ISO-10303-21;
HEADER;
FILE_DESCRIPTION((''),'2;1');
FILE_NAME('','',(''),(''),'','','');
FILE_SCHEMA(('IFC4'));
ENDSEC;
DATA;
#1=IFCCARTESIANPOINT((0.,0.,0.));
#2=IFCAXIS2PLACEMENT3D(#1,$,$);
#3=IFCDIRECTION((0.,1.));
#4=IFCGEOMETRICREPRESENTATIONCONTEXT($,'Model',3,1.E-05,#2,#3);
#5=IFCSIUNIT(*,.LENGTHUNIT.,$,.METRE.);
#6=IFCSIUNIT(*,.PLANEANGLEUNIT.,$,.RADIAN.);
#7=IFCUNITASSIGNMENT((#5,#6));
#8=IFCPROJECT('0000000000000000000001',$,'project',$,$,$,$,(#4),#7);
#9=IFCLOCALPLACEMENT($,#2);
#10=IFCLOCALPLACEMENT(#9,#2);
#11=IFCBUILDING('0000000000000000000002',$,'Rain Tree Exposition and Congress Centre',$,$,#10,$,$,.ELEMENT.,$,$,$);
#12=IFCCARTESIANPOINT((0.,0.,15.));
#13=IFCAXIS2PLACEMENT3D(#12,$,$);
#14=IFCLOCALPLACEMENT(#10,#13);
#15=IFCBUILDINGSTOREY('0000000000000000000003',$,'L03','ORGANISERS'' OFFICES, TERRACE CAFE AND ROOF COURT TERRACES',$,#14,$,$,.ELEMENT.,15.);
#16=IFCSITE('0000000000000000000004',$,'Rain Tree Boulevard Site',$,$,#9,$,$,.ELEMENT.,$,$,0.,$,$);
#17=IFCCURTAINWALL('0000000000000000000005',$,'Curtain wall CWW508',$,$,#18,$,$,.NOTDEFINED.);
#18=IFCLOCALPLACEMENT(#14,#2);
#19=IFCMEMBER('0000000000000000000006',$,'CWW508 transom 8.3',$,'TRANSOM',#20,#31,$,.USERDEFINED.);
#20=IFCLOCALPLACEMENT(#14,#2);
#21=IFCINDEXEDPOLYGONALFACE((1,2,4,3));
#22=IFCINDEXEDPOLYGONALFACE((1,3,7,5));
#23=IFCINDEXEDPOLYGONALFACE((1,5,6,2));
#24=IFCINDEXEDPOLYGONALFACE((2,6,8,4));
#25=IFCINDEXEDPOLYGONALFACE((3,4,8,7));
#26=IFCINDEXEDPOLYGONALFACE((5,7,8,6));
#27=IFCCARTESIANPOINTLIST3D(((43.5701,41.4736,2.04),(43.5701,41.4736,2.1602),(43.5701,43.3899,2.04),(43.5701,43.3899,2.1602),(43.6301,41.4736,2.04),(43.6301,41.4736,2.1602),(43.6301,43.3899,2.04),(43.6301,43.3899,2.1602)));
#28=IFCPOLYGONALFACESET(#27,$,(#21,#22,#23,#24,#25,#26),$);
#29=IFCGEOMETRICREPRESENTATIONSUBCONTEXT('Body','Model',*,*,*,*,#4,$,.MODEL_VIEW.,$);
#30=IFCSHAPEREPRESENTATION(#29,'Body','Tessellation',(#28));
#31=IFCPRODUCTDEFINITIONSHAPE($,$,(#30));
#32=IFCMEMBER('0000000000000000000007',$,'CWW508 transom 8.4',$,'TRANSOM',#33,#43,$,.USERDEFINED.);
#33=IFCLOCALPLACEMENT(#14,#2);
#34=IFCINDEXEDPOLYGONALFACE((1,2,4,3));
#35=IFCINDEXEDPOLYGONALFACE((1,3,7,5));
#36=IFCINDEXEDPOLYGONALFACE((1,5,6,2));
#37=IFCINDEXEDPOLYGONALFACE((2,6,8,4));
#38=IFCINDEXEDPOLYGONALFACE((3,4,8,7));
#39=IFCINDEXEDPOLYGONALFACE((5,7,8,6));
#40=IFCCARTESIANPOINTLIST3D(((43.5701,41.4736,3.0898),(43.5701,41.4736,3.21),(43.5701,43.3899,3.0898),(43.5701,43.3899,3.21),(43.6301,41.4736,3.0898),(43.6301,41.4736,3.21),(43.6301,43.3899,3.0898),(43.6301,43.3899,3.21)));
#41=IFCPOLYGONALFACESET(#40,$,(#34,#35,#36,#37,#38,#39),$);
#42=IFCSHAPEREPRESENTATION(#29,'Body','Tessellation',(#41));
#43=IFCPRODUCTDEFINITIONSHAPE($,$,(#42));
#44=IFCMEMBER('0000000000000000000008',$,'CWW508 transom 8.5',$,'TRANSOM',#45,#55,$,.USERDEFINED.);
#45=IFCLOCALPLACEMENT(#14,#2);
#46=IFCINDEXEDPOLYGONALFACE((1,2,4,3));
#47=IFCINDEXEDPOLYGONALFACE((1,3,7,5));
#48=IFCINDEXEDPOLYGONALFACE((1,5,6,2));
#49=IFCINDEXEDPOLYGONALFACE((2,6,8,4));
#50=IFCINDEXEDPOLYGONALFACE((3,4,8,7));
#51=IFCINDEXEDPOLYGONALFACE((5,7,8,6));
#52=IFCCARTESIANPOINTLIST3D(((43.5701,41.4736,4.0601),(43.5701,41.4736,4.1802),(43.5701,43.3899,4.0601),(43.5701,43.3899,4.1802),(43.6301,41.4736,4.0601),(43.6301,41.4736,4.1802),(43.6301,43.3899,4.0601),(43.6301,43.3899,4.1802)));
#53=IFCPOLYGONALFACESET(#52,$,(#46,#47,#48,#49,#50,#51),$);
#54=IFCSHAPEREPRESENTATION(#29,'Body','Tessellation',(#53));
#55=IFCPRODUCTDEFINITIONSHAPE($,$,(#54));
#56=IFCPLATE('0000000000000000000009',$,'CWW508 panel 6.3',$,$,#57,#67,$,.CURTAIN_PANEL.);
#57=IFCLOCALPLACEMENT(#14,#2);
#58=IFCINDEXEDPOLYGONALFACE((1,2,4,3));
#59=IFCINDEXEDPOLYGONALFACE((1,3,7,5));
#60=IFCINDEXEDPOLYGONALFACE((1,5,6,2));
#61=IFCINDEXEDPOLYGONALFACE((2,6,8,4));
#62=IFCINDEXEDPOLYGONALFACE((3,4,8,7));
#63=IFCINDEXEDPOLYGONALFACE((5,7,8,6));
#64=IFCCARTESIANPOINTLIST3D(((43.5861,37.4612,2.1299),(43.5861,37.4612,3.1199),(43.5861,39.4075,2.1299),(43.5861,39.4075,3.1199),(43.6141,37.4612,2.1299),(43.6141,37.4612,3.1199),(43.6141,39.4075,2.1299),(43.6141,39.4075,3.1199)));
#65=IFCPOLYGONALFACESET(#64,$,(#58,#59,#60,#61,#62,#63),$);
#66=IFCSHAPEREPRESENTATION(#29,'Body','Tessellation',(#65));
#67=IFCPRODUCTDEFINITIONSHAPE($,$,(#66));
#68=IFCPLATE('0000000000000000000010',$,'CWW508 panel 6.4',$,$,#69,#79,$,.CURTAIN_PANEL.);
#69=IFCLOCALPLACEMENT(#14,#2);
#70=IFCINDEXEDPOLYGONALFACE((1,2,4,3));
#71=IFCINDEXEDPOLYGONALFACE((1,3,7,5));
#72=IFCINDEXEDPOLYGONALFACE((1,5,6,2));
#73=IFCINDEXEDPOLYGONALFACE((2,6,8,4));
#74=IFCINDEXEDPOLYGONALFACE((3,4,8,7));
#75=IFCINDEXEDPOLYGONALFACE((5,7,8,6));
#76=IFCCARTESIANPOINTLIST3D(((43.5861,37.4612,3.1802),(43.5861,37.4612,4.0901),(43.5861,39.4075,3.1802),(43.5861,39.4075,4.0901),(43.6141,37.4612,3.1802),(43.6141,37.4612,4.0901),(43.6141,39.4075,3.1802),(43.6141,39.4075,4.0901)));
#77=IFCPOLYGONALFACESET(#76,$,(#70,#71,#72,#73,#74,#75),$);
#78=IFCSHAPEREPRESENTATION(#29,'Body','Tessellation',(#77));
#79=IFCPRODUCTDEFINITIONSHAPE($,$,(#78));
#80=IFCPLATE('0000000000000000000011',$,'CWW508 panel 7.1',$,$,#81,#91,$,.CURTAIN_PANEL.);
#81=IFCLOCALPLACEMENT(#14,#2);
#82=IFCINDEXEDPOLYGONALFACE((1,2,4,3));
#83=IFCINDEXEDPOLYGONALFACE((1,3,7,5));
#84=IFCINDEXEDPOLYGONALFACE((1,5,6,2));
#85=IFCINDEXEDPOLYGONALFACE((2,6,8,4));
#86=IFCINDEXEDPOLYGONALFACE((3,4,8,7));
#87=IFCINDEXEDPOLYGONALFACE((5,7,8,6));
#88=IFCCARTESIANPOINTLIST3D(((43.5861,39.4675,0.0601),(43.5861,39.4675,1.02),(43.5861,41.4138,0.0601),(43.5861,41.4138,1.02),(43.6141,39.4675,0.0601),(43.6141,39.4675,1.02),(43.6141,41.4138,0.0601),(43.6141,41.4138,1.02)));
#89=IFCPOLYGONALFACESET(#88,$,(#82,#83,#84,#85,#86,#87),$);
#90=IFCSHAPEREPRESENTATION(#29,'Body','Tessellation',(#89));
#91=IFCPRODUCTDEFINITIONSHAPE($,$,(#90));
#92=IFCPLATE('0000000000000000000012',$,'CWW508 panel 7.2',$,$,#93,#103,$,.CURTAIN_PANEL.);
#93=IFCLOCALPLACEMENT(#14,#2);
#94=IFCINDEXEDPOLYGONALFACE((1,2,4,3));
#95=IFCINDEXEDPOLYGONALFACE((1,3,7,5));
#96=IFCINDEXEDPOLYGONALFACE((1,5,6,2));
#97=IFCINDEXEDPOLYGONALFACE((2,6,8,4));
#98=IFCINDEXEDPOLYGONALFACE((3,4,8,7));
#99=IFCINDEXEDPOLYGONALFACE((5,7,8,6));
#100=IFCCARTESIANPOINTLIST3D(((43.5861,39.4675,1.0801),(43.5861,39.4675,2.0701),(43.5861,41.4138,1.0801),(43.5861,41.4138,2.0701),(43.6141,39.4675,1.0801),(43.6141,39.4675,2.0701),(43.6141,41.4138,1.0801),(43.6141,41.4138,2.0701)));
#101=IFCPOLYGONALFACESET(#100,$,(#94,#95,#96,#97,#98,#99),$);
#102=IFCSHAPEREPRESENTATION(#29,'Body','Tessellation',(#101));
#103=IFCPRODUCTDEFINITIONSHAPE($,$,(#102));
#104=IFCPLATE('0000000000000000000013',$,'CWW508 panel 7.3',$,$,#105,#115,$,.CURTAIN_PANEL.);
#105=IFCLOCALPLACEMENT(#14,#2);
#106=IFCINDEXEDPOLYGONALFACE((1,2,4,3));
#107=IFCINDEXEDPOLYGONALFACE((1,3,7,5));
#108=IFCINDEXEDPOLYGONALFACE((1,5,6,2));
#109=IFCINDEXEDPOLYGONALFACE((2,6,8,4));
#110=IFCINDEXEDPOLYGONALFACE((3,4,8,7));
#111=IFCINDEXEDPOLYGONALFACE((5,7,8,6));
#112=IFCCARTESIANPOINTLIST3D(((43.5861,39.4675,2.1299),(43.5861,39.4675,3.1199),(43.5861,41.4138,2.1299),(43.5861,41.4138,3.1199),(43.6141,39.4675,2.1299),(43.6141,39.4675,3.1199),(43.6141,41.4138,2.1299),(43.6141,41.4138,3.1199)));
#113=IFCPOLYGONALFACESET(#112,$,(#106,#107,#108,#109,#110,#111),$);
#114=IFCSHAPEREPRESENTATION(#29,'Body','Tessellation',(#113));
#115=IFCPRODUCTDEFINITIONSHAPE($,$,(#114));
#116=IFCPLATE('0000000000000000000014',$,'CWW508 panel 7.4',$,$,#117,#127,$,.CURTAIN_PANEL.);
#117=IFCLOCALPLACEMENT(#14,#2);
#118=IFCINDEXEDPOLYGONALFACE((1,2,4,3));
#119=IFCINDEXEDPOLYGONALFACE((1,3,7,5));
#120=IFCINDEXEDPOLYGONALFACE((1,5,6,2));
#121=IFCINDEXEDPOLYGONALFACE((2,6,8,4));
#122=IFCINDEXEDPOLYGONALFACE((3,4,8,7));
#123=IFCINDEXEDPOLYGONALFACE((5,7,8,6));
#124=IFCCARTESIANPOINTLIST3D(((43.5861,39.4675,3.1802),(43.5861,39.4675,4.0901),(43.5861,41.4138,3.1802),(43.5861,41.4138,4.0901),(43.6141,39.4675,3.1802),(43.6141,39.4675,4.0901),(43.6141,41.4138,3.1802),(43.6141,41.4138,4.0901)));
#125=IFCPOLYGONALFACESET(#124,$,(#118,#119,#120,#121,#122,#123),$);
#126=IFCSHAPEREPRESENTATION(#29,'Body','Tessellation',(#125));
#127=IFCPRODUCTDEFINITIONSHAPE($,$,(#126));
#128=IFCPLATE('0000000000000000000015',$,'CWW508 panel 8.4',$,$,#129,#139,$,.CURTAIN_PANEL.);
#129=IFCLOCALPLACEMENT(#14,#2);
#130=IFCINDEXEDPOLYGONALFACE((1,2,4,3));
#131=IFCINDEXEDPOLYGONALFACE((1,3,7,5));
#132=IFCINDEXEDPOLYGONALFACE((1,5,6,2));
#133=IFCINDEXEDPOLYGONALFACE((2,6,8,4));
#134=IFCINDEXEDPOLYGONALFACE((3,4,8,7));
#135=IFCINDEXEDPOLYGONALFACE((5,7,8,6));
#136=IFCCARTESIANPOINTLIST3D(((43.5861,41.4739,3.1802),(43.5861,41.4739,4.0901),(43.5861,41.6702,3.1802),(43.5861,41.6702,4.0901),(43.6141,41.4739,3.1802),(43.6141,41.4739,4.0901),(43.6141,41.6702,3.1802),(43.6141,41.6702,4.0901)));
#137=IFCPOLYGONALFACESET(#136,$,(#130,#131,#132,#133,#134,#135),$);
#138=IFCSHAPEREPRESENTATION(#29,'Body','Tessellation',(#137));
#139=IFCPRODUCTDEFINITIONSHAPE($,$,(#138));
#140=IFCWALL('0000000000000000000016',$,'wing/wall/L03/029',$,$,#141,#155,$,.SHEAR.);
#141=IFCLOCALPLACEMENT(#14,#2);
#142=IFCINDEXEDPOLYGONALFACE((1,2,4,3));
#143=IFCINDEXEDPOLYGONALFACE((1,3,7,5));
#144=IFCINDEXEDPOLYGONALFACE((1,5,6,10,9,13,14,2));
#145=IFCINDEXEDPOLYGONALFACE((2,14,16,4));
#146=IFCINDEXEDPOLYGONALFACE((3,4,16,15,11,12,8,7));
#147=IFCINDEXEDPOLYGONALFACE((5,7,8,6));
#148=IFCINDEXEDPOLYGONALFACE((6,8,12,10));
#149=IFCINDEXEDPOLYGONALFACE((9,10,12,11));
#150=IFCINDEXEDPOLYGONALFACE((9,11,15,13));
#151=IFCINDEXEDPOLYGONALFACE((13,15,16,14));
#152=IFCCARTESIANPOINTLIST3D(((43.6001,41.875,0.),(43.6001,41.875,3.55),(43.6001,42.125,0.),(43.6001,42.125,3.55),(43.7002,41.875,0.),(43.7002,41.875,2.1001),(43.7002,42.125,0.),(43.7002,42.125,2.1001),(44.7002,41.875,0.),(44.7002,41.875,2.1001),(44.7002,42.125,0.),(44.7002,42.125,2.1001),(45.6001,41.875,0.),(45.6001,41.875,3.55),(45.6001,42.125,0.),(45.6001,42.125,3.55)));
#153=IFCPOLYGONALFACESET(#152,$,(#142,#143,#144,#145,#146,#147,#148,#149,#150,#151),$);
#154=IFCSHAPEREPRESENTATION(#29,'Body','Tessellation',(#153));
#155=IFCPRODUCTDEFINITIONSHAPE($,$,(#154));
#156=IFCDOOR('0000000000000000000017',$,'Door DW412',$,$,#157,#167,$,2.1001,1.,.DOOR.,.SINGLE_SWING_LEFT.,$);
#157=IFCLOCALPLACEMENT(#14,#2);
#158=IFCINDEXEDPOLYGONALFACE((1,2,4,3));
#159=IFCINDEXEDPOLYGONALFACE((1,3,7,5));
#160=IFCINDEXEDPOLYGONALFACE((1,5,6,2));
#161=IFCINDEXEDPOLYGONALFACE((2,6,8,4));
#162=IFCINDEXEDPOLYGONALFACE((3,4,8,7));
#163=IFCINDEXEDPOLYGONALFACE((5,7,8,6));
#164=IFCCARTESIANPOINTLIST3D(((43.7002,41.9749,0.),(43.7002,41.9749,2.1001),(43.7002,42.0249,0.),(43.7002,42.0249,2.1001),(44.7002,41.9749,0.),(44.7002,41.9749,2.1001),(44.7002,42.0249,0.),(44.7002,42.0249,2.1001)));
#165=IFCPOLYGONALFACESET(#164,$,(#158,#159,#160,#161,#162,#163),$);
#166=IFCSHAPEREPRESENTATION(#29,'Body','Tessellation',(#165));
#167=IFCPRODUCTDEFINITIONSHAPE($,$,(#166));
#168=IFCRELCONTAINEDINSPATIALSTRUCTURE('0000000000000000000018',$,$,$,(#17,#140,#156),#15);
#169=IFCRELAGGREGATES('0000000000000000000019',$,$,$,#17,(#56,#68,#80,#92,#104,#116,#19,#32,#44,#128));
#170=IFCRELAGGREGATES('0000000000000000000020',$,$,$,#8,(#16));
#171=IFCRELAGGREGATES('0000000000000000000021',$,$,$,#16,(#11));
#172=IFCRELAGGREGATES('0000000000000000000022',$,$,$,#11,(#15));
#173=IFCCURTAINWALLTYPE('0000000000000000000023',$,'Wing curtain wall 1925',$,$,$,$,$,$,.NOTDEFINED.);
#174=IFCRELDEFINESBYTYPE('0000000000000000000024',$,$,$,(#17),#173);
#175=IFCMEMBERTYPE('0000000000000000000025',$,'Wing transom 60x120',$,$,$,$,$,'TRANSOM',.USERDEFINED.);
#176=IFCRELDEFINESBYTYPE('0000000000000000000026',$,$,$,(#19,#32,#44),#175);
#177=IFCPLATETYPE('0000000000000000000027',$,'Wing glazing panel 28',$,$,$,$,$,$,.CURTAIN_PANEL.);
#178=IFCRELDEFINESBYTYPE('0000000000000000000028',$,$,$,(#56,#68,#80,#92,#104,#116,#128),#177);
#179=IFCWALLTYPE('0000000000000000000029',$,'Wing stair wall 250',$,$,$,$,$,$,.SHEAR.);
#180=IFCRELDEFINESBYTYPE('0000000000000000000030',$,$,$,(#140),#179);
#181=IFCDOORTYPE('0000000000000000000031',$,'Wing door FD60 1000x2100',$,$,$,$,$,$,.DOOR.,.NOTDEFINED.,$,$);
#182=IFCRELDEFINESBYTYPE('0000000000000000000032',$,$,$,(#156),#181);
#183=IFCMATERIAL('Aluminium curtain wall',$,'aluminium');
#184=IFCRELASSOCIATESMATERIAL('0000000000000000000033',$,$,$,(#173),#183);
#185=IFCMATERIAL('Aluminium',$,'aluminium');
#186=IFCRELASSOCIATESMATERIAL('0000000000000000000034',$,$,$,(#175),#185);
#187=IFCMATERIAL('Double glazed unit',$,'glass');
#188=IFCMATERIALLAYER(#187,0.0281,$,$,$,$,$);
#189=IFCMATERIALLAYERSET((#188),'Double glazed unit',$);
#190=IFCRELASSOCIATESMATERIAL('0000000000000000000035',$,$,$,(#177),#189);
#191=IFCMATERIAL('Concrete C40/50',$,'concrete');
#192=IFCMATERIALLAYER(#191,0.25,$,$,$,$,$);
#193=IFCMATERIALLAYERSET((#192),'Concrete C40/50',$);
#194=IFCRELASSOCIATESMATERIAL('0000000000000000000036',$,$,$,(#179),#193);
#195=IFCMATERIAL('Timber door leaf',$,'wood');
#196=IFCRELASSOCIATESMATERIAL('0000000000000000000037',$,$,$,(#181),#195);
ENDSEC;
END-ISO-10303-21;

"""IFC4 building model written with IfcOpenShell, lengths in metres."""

from ifc_helpers import new_model, si_unit, direction, frame, frame_2d, origin, origin_2d, place, context, subcontext, project, spatial, rectangle, extrude, material, layer, layer_set, material_profile, profile_set, type_object, element, fill, aggregate, save


model = new_model("IFC4")

# Units and contexts
model_context = context("Model", 3, precision=1e-05, world=origin(), true_north=direction((0.0, 1.0)))
body_context = subcontext(model_context, "Body", "Model", "MODEL_VIEW")
ifc_project = project(units=[si_unit("LENGTHUNIT", "METRE"), si_unit("PLANEANGLEUNIT", "RADIAN")], contexts=[model_context])

# Site, building, storey
site_placement = place(None, origin())
site = spatial("IfcSite", under=ifc_project, at=site_placement, Name="Rain Tree Boulevard Site", CompositionType="ELEMENT", RefElevation=0.0)
building_placement = place(site_placement, origin())
building = spatial("IfcBuilding", under=site, at=building_placement, Name="Rain Tree Exposition and Congress Centre", CompositionType="ELEMENT")
storey_placement = place(building_placement, frame((0.0, 0.0, 15.0)))
storey = spatial("IfcBuildingStorey", under=building, at=storey_placement, Name="L03", Description="ORGANISERS' OFFICES, TERRACE CAFE AND ROOF COURT TERRACES", CompositionType="ELEMENT", Elevation=15.0)

# Shared definitions
ifc_material_1 = material(Name="Aluminium curtain wall", Category="aluminium")
curtain_wall_type = type_object("IfcCurtainWallType", Name="Wing curtain wall 1925", PredefinedType="NOTDEFINED", material=ifc_material_1)

# Curtain wall
curtain_wall_1_placement = place(storey_placement, origin())
curtain_wall_1 = element("IfcCurtainWall", 1, at=curtain_wall_1_placement, inside=storey, type_object=curtain_wall_type, Name="Curtain wall CWW508", PredefinedType="NOTDEFINED")

# Members
ifc_material_2 = material(Name="Aluminium", Category="aluminium")
ifc_material_profile_1 = material_profile(ifc_material_2, rectangle(XDim=0.0601, YDim=0.1201, at=origin_2d()), Name="Aluminium 60x120")
ifc_profile_set_1 = profile_set([ifc_material_profile_1], Name="Aluminium")
member_type_1 = type_object("IfcMemberType", Name="Wing transom 60x120", ElementType="TRANSOM", PredefinedType="USERDEFINED", material=ifc_profile_set_1)
member_1_placement = place(storey_placement, frame((43.6001, 41.4736, 2.1001), z_axis=(0.0, 1.0, 0.0), x_axis=(-1.0, 0.0, 0.0)))
member_1 = element("IfcMember", 2, at=member_1_placement, type_object=member_type_1, Name="CWW508 transom 8.3", ObjectType="TRANSOM", PredefinedType="USERDEFINED", context=body_context, shape_type="SweptSolid", body=[
    extrude(rectangle(XDim=0.0601, YDim=0.1201, at=origin_2d()), origin(), (0.0, 0.0, 1.0), 1.9163),
])
member_2_placement = place(storey_placement, frame((43.6001, 41.4736, 3.1499), z_axis=(0.0, 1.0, 0.0), x_axis=(-1.0, 0.0, 0.0)))
member_2 = element("IfcMember", 3, at=member_2_placement, type_object=member_type_1, Name="CWW508 transom 8.4", ObjectType="TRANSOM", PredefinedType="USERDEFINED", context=body_context, shape_type="SweptSolid", body=[
    extrude(rectangle(XDim=0.0601, YDim=0.1201, at=origin_2d()), origin(), (0.0, 0.0, 1.0), 1.9163),
])
member_3_placement = place(storey_placement, frame((43.6001, 41.4736, 4.1201), z_axis=(0.0, 1.0, 0.0), x_axis=(-1.0, 0.0, 0.0)))
member_3 = element("IfcMember", 4, at=member_3_placement, type_object=member_type_1, Name="CWW508 transom 8.5", ObjectType="TRANSOM", PredefinedType="USERDEFINED", context=body_context, shape_type="SweptSolid", body=[
    extrude(rectangle(XDim=0.0601, YDim=0.1201, at=origin_2d()), origin(), (0.0, 0.0, 1.0), 1.9163),
])

# Plates
ifc_material_3 = material(Name="Double glazed unit", Category="glass")
ifc_layer_1 = layer(ifc_material_3, 0.0281)
ifc_layer_set_1 = layer_set([ifc_layer_1], Name="Double glazed unit")
plate_type = type_object("IfcPlateType", Name="Wing glazing panel 28", PredefinedType="CURTAIN_PANEL", material=ifc_layer_set_1)
plate_1_placement = place(storey_placement, frame((43.6001, 38.4343, 2.1299), z_axis=(0.0, 0.0, 1.0), x_axis=(0.0, 1.0, 0.0)))
plate_1 = element("IfcPlate", 5, at=plate_1_placement, type_object=plate_type, Name="CWW508 panel 6.3", PredefinedType="CURTAIN_PANEL", context=body_context, shape_type="SweptSolid", body=[
    extrude(rectangle(XDim=1.9463, YDim=0.0281, at=origin_2d()), origin(), (0.0, 0.0, 1.0), 0.99),
])
plate_2_placement = place(storey_placement, frame((43.6001, 38.4343, 3.1802), z_axis=(0.0, 0.0, 1.0), x_axis=(0.0, 1.0, 0.0)))
plate_2 = element("IfcPlate", 6, at=plate_2_placement, type_object=plate_type, Name="CWW508 panel 6.4", PredefinedType="CURTAIN_PANEL", context=body_context, shape_type="SweptSolid", body=[
    extrude(rectangle(XDim=1.9463, YDim=0.0281, at=origin_2d()), origin(), (0.0, 0.0, 1.0), 0.9099),
])
plate_3_placement = place(storey_placement, frame((43.6001, 40.4407, 0.0601), z_axis=(0.0, 0.0, 1.0), x_axis=(0.0, 1.0, 0.0)))
plate_3 = element("IfcPlate", 7, at=plate_3_placement, type_object=plate_type, Name="CWW508 panel 7.1", PredefinedType="CURTAIN_PANEL", context=body_context, shape_type="SweptSolid", body=[
    extrude(rectangle(XDim=1.9463, YDim=0.0281, at=origin_2d()), origin(), (0.0, 0.0, 1.0), 0.96),
])
plate_4_placement = place(storey_placement, frame((43.6001, 40.4407, 1.0801), z_axis=(0.0, 0.0, 1.0), x_axis=(0.0, 1.0, 0.0)))
plate_4 = element("IfcPlate", 8, at=plate_4_placement, type_object=plate_type, Name="CWW508 panel 7.2", PredefinedType="CURTAIN_PANEL", context=body_context, shape_type="SweptSolid", body=[
    extrude(rectangle(XDim=1.9463, YDim=0.0281, at=origin_2d()), origin(), (0.0, 0.0, 1.0), 0.99),
])
plate_5_placement = place(storey_placement, frame((43.6001, 40.4407, 2.1299), z_axis=(0.0, 0.0, 1.0), x_axis=(0.0, 1.0, 0.0)))
plate_5 = element("IfcPlate", 9, at=plate_5_placement, type_object=plate_type, Name="CWW508 panel 7.3", PredefinedType="CURTAIN_PANEL", context=body_context, shape_type="SweptSolid", body=[
    extrude(rectangle(XDim=1.9463, YDim=0.0281, at=origin_2d()), origin(), (0.0, 0.0, 1.0), 0.99),
])
plate_6_placement = place(storey_placement, frame((43.6001, 40.4407, 3.1802), z_axis=(0.0, 0.0, 1.0), x_axis=(0.0, 1.0, 0.0)))
plate_6 = element("IfcPlate", 10, at=plate_6_placement, type_object=plate_type, Name="CWW508 panel 7.4", PredefinedType="CURTAIN_PANEL", context=body_context, shape_type="SweptSolid", body=[
    extrude(rectangle(XDim=1.9463, YDim=0.0281, at=origin_2d()), origin(), (0.0, 0.0, 1.0), 0.9099),
])
plate_7_placement = place(storey_placement, frame((43.6001, 41.572, 3.1802), z_axis=(0.0, 0.0, 1.0), x_axis=(0.0, 1.0, 0.0)))
plate_7 = element("IfcPlate", 11, at=plate_7_placement, type_object=plate_type, Name="CWW508 panel 8.4", PredefinedType="CURTAIN_PANEL", context=body_context, shape_type="SweptSolid", body=[
    extrude(rectangle(XDim=0.1963, YDim=0.0281, at=origin_2d()), origin(), (0.0, 0.0, 1.0), 0.9099),
])
aggregate(curtain_wall_1, [plate_1, plate_2, plate_3, plate_4, plate_5, plate_6, member_1, member_2, member_3, plate_7])

# Wall, opening, door
ifc_material_4 = material(Name="Concrete C40/50", Category="concrete")
ifc_layer_2 = layer(ifc_material_4, 0.25)
ifc_layer_set_2 = layer_set([ifc_layer_2], Name="Concrete C40/50")
wall_type = type_object("IfcWallType", Name="Wing stair wall 250", PredefinedType="SHEAR", material=ifc_layer_set_2)
wall_placement = place(storey_placement, frame((43.6001, 42.0, 0.0), z_axis=(0.0, 0.0, 1.0), x_axis=(1.0, 0.0, 0.0)))
wall = element("IfcWall", 12, at=wall_placement, inside=storey, type_object=wall_type, Name="wing/wall/L03/029", PredefinedType="SHEAR", context=body_context, shape_type="SweptSolid", body=[
    extrude(rectangle(XDim=2.0, YDim=0.25, at=frame_2d((1.0, 0.0))), origin(), (0.0, 0.0, 1.0), 3.55),
])
opening_placement = place(wall_placement, frame((0.1001, 0.0, 0.0)))
opening = element("IfcOpeningElement", 13, at=opening_placement, cuts=wall, PredefinedType="OPENING", context=body_context, shape_type="SweptSolid", body=[
    extrude(rectangle(XDim=1.0, YDim=2.1001, at=frame_2d((0.5, 1.05))), frame((0.0, 0.125, 0.0), z_axis=(0.0, -1.0, 0.0), x_axis=(1.0, 0.0, 0.0)), (0.0, 0.0, 1.0), 0.25),
])
ifc_material_5 = material(Name="Timber door leaf", Category="wood")
door_type = type_object("IfcDoorType", Name="Wing door FD60 1000x2100", OperationType="NOTDEFINED", PredefinedType="DOOR", material=ifc_material_5)
door_placement = place(opening_placement, origin())
door = element("IfcDoor", 14, at=door_placement, inside=storey, type_object=door_type, Name="Door DW412", OperationType="SINGLE_SWING_LEFT", OverallHeight=2.1001, OverallWidth=1.0, PredefinedType="DOOR", context=body_context, shape_type="SweptSolid", body=[
    extrude(rectangle(XDim=1.0, YDim=2.1001, at=frame_2d((0.5, 1.05))), frame((0.0, 0.0249, 0.0), z_axis=(0.0, -1.0, 0.0), x_axis=(1.0, 0.0, 0.0)), (0.0, 0.0, 1.0), 0.05),
])
fill(opening, door)

save(model, "model.ifc")
